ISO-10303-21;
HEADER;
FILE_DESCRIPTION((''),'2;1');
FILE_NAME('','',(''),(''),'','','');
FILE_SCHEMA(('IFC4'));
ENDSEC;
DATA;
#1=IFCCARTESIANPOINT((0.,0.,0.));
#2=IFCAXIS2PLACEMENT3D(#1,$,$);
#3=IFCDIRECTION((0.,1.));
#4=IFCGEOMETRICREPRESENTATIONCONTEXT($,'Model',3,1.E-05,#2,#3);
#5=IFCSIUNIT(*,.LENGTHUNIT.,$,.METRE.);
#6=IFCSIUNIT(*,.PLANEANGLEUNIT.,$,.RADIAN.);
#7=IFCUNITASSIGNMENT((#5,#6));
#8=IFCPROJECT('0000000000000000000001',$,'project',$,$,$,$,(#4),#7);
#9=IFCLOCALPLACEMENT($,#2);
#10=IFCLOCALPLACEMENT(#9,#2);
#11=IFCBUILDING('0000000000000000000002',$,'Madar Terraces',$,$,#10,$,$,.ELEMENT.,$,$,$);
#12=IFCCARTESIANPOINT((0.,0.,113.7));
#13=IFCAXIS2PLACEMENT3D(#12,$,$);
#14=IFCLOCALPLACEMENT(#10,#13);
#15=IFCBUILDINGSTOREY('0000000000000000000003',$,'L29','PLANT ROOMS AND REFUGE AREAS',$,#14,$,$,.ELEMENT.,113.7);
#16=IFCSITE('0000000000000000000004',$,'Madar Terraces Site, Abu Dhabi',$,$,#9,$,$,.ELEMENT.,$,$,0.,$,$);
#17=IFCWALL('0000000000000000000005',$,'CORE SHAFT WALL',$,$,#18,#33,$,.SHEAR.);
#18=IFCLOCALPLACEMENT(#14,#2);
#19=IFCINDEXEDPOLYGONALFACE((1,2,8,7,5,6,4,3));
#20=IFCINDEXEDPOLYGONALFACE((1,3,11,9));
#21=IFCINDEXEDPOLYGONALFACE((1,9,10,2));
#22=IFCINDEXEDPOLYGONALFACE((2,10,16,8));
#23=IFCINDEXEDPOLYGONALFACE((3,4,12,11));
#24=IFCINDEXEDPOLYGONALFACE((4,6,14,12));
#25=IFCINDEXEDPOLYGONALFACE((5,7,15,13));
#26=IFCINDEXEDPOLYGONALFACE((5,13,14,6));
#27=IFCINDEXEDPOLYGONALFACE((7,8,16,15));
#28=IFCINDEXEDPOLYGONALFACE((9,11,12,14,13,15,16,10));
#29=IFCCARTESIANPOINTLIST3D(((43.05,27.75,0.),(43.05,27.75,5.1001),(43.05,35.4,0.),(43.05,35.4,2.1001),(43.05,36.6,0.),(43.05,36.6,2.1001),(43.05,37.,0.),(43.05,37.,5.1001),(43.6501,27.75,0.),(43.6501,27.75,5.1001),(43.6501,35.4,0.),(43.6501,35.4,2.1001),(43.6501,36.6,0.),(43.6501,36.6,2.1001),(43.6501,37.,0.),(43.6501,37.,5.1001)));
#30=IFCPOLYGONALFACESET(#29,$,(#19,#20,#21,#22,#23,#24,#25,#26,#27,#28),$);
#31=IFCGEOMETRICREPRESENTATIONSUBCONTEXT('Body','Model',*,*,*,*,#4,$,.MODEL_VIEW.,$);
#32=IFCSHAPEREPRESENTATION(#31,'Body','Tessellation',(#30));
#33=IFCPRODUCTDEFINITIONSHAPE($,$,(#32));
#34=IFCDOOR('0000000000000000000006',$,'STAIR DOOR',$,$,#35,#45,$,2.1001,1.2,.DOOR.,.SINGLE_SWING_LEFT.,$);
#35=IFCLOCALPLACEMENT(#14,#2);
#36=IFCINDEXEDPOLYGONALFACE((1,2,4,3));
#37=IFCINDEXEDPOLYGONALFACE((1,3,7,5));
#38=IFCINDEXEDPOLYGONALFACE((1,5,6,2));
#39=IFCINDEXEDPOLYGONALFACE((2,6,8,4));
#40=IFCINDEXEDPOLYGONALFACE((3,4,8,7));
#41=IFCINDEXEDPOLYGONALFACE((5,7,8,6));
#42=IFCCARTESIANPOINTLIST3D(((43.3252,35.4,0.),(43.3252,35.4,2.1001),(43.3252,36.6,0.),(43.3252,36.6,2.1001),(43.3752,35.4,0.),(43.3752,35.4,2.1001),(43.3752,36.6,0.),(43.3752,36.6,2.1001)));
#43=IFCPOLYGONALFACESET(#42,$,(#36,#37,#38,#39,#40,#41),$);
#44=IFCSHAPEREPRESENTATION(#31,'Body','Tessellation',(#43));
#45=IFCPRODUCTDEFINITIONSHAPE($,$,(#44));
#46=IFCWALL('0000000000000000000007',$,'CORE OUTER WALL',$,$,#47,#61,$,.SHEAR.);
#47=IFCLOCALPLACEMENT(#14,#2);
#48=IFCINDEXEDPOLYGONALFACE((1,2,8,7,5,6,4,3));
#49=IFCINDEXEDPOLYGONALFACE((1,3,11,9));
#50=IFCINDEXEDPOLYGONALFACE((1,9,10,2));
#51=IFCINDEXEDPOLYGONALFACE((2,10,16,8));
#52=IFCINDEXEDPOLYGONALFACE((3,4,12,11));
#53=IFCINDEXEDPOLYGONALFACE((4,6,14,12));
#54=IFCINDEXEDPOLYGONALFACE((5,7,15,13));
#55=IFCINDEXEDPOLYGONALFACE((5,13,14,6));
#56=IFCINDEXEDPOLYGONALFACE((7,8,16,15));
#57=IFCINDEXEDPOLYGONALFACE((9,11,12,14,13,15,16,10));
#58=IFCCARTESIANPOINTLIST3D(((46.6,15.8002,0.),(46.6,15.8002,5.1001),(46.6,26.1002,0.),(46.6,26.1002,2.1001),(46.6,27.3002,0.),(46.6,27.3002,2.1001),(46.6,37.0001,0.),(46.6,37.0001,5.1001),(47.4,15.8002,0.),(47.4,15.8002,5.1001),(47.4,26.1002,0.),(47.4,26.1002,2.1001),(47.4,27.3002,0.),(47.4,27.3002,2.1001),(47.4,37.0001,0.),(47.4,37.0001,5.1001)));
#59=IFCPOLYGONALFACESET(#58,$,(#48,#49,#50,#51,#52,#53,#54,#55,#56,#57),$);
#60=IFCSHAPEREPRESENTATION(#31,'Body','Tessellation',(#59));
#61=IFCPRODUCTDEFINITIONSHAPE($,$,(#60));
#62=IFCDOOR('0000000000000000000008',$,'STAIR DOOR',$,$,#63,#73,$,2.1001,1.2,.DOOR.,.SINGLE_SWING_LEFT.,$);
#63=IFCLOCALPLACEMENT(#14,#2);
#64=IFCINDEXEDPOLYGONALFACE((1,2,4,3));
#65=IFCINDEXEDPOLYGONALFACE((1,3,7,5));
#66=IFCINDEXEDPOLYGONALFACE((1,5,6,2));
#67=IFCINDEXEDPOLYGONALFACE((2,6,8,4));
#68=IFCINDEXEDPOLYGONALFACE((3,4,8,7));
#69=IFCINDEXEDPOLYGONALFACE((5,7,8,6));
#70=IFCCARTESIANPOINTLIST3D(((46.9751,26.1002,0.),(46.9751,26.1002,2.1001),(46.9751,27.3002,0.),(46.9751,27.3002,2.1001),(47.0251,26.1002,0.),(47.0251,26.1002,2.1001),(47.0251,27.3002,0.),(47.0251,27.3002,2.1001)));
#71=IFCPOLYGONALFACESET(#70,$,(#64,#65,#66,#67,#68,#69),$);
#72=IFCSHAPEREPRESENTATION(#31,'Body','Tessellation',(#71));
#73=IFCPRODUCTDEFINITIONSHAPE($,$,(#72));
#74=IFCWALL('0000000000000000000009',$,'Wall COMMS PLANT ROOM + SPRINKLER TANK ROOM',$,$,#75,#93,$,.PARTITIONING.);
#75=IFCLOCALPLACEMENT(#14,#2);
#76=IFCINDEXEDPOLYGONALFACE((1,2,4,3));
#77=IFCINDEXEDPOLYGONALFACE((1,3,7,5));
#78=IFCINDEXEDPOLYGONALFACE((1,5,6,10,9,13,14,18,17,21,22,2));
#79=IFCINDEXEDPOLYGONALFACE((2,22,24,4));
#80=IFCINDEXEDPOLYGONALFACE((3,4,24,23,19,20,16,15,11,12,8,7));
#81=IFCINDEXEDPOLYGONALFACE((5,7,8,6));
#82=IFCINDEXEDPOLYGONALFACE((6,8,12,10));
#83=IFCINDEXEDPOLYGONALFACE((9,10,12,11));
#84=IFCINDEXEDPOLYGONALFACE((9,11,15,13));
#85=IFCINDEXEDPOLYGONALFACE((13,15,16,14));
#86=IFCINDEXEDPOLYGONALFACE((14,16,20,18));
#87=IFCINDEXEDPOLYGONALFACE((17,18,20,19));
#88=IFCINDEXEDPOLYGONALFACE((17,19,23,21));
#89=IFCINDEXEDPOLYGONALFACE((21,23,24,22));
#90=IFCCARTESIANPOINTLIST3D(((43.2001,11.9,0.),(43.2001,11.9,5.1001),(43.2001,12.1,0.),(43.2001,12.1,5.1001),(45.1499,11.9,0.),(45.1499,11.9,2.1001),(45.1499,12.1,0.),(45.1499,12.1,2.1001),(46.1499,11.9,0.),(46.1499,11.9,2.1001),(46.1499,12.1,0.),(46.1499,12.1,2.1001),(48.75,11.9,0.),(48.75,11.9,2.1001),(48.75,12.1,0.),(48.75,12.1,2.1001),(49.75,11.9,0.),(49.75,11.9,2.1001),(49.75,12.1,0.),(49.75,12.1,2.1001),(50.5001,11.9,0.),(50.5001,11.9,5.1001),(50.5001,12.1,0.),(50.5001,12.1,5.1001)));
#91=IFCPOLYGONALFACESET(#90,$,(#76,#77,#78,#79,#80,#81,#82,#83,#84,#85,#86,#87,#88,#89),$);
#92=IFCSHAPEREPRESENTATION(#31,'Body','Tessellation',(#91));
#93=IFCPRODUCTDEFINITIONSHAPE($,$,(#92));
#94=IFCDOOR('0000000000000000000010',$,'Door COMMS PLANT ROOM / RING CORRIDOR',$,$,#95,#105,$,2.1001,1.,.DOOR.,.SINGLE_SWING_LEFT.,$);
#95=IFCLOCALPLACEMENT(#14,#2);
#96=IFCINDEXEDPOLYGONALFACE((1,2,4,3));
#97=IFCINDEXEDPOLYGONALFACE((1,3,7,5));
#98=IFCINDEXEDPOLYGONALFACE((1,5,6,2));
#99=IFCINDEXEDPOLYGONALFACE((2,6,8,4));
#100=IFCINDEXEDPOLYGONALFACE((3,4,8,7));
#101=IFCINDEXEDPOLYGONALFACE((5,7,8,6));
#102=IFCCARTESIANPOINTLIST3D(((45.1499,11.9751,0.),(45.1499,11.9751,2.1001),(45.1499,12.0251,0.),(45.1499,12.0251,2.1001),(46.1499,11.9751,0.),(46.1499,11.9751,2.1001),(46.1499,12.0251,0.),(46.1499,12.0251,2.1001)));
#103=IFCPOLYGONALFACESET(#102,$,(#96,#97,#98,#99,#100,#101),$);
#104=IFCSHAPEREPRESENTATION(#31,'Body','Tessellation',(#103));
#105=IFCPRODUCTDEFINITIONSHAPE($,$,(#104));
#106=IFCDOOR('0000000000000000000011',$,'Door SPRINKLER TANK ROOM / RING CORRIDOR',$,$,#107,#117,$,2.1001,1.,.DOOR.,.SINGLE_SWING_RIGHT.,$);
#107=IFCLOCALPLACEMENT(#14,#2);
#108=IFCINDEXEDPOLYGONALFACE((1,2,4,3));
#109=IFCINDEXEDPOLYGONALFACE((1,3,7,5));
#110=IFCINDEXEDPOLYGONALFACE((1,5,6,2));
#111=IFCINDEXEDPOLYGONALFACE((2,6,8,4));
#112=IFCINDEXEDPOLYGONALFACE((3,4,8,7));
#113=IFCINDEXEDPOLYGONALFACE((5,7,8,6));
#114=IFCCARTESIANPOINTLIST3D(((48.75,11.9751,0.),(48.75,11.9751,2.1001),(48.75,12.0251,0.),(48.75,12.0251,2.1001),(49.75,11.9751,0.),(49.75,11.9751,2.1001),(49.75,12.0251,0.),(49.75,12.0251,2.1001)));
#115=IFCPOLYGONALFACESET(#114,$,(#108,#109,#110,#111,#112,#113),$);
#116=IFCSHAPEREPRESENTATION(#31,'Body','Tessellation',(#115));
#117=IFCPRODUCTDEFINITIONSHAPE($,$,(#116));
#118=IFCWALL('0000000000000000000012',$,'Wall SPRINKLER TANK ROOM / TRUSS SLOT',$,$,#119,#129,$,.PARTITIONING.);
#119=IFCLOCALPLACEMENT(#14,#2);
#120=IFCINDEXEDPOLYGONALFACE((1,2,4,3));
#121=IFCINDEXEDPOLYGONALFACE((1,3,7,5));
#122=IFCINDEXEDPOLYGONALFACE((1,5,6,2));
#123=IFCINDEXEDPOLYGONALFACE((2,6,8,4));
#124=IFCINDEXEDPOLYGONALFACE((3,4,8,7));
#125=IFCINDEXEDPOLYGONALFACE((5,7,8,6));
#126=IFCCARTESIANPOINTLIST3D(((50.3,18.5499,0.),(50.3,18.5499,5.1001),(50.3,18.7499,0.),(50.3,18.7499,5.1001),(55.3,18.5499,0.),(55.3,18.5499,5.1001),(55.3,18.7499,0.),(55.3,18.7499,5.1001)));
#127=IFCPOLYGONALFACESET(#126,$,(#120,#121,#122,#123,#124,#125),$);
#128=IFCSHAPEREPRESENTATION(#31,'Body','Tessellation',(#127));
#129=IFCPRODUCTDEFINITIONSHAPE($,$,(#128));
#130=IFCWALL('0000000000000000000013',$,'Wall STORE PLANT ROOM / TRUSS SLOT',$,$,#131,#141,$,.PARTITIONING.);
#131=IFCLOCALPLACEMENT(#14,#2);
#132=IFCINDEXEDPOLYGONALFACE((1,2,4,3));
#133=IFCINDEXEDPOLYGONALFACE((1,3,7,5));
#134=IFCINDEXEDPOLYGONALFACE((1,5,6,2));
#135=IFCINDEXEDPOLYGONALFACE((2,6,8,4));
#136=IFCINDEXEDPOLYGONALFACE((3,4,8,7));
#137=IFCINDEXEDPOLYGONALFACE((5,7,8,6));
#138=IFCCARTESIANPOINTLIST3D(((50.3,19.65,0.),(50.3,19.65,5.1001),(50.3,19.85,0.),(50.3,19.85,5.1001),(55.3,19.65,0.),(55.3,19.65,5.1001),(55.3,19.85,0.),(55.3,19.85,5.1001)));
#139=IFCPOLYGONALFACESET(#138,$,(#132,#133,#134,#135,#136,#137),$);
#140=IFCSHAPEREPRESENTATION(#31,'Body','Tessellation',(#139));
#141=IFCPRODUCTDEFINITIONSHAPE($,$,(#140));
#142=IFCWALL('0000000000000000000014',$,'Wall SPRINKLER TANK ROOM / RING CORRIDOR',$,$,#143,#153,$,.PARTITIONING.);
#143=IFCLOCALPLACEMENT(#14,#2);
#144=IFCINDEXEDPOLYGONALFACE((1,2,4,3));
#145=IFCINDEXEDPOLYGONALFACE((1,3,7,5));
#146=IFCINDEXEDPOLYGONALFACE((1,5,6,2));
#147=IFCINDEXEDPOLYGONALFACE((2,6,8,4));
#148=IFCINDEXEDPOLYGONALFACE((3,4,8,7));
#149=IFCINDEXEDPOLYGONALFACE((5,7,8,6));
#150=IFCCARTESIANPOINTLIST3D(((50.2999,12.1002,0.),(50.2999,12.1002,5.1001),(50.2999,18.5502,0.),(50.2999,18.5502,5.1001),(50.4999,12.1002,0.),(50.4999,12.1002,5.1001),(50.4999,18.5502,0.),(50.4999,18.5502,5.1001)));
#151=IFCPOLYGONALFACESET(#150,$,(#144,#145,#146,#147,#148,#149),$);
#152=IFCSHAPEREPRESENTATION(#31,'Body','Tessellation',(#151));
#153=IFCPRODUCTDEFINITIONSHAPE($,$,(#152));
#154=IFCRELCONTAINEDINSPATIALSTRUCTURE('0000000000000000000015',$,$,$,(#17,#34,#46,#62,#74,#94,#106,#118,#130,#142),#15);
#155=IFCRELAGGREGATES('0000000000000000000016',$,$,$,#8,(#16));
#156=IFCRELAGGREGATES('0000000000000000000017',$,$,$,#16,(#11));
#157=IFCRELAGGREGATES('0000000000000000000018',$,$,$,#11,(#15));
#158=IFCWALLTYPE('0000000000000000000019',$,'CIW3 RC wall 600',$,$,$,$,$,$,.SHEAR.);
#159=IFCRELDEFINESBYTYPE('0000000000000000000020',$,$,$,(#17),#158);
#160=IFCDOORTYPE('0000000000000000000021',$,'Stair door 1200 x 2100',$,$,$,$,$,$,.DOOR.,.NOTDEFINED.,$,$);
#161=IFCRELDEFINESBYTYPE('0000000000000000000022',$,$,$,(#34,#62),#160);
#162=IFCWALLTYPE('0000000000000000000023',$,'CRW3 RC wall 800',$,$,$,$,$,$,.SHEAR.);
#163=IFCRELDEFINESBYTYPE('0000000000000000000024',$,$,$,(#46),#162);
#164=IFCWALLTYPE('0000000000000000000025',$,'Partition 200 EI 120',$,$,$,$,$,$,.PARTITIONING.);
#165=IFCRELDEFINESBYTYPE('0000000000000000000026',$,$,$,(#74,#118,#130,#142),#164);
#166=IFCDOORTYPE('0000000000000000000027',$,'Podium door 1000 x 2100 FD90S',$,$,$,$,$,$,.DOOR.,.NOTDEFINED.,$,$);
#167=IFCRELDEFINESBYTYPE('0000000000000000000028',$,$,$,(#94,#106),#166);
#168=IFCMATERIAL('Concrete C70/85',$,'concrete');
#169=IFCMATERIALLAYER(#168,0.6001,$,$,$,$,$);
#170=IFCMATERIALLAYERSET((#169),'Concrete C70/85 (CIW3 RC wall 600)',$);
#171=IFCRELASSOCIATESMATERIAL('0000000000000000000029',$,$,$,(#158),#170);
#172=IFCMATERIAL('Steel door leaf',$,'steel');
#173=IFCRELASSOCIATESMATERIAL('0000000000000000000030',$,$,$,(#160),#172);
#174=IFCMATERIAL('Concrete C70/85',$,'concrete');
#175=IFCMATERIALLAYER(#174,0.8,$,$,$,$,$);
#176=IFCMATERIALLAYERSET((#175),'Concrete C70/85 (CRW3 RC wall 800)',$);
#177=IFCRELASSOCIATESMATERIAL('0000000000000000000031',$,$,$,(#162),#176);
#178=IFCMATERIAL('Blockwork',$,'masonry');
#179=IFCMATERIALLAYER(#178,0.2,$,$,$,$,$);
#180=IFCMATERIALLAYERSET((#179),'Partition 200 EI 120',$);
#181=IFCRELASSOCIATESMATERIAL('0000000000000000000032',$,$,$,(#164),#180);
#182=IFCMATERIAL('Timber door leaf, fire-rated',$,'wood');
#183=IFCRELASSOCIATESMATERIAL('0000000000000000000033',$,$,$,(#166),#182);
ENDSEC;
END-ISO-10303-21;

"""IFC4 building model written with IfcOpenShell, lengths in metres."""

from ifc_helpers import new_model, si_unit, direction, frame, frame_2d, origin, place, context, subcontext, project, spatial, rectangle, extrude, material, layer, layer_set, type_object, element, fill, save


model = new_model("IFC4")

# Units and contexts
model_context = context("Model", 3, precision=1e-05, world=origin(), true_north=direction((0.0, 1.0)))
body_context = subcontext(model_context, "Body", "Model", "MODEL_VIEW")
ifc_project = project(units=[si_unit("LENGTHUNIT", "METRE"), si_unit("PLANEANGLEUNIT", "RADIAN")], contexts=[model_context])

# Site, building, storey
site_placement = place(None, origin())
site = spatial("IfcSite", under=ifc_project, at=site_placement, Name="Madar Terraces Site, Abu Dhabi", CompositionType="ELEMENT", RefElevation=0.0)
building_placement = place(site_placement, origin())
building = spatial("IfcBuilding", under=site, at=building_placement, Name="Madar Terraces", CompositionType="ELEMENT")
storey_placement = place(building_placement, frame((0.0, 0.0, 113.7)))
storey = spatial("IfcBuildingStorey", under=building, at=storey_placement, Name="L29", Description="PLANT ROOMS AND REFUGE AREAS", CompositionType="ELEMENT", Elevation=113.7)

# Walls, openings, doors
ifc_material_1 = material(Name="Concrete C70/85", Category="concrete")
ifc_layer_1 = layer(ifc_material_1, 0.6001)
ifc_layer_set_1 = layer_set([ifc_layer_1], Name="Concrete C70/85 (CIW3 RC wall 600)")
wall_type_1 = type_object("IfcWallType", Name="CIW3 RC wall 600", PredefinedType="SHEAR", material=ifc_layer_set_1)
ifc_material_2 = material(Name="Steel door leaf", Category="steel")
door_type_1 = type_object("IfcDoorType", Name="Stair door 1200 x 2100", OperationType="NOTDEFINED", PredefinedType="DOOR", material=ifc_material_2)
wall_1_placement = place(storey_placement, frame((43.3501, 27.75, 0.0), z_axis=(0.0, 0.0, 1.0), x_axis=(0.0, 1.0, 0.0)))
wall_1 = element("IfcWall", 1, at=wall_1_placement, inside=storey, type_object=wall_type_1, Name="CORE SHAFT WALL", PredefinedType="SHEAR", context=body_context, shape_type="SweptSolid", body=[
    extrude(rectangle(XDim=9.25, YDim=0.6001, at=frame_2d((4.625, 0.0))), origin(), (0.0, 0.0, 1.0), 5.1001),
])
opening_1_placement = place(wall_1_placement, frame((7.6499, 0.0, 0.0)))
opening_1 = element("IfcOpeningElement", 2, at=opening_1_placement, cuts=wall_1, PredefinedType="OPENING", context=body_context, shape_type="SweptSolid", body=[
    extrude(rectangle(XDim=1.2, YDim=2.1001, at=frame_2d((0.6001, 1.05))), frame((0.0, 0.3101, 0.0), z_axis=(0.0, -1.0, 0.0), x_axis=(1.0, 0.0, 0.0)), (0.0, 0.0, 1.0), 0.6201),
])
door_1_placement = place(opening_1_placement, origin())
door_1 = element("IfcDoor", 3, at=door_1_placement, inside=storey, type_object=door_type_1, Name="STAIR DOOR", OperationType="SINGLE_SWING_LEFT", OverallHeight=2.1001, OverallWidth=1.2, PredefinedType="DOOR", context=body_context, shape_type="SweptSolid", body=[
    extrude(rectangle(XDim=1.2, YDim=2.1001, at=frame_2d((0.6001, 1.05))), frame((0.0, 0.0249, 0.0), z_axis=(0.0, -1.0, 0.0), x_axis=(1.0, 0.0, 0.0)), (0.0, 0.0, 1.0), 0.05),
])
fill(opening_1, door_1)
ifc_material_3 = material(Name="Concrete C70/85", Category="concrete")
ifc_layer_2 = layer(ifc_material_3, 0.8)
ifc_layer_set_2 = layer_set([ifc_layer_2], Name="Concrete C70/85 (CRW3 RC wall 800)")
wall_type_2 = type_object("IfcWallType", Name="CRW3 RC wall 800", PredefinedType="SHEAR", material=ifc_layer_set_2)
wall_2_placement = place(storey_placement, frame((47.0, 15.8, 0.0), z_axis=(0.0, 0.0, 1.0), x_axis=(0.0, 1.0, 0.0)))
wall_2 = element("IfcWall", 4, at=wall_2_placement, inside=storey, type_object=wall_type_2, Name="CORE OUTER WALL", PredefinedType="SHEAR", context=body_context, shape_type="SweptSolid", body=[
    extrude(rectangle(XDim=21.2, YDim=0.8, at=frame_2d((10.6001, 0.0))), origin(), (0.0, 0.0, 1.0), 5.1001),
])
opening_2_placement = place(wall_2_placement, frame((10.3, 0.0, 0.0)))
opening_2 = element("IfcOpeningElement", 5, at=opening_2_placement, cuts=wall_2, PredefinedType="OPENING", context=body_context, shape_type="SweptSolid", body=[
    extrude(rectangle(XDim=1.2, YDim=2.1001, at=frame_2d((0.6001, 1.05))), frame((0.0, 0.4099, 0.0), z_axis=(0.0, -1.0, 0.0), x_axis=(1.0, 0.0, 0.0)), (0.0, 0.0, 1.0), 0.8201),
])
door_2_placement = place(opening_2_placement, origin())
door_2 = element("IfcDoor", 6, at=door_2_placement, inside=storey, type_object=door_type_1, Name="STAIR DOOR", OperationType="SINGLE_SWING_LEFT", OverallHeight=2.1001, OverallWidth=1.2, PredefinedType="DOOR", context=body_context, shape_type="SweptSolid", body=[
    extrude(rectangle(XDim=1.2, YDim=2.1001, at=frame_2d((0.6001, 1.05))), frame((0.0, 0.0249, 0.0), z_axis=(0.0, -1.0, 0.0), x_axis=(1.0, 0.0, 0.0)), (0.0, 0.0, 1.0), 0.05),
])
fill(opening_2, door_2)

# Wall, openings, doors
ifc_material_4 = material(Name="Blockwork", Category="masonry")
ifc_layer_3 = layer(ifc_material_4, 0.2)
ifc_layer_set_3 = layer_set([ifc_layer_3], Name="Partition 200 EI 120")
wall_type_3 = type_object("IfcWallType", Name="Partition 200 EI 120", PredefinedType="PARTITIONING", material=ifc_layer_set_3)
wall_3_placement = place(storey_placement, frame((50.5, 12.0, 0.0), z_axis=(0.0, 0.0, 1.0), x_axis=(-1.0, 0.0, 0.0)))
wall_3 = element("IfcWall", 7, at=wall_3_placement, inside=storey, type_object=wall_type_3, Name="Wall COMMS PLANT ROOM + SPRINKLER TANK ROOM", PredefinedType="PARTITIONING", context=body_context, shape_type="SweptSolid", body=[
    extrude(rectangle(XDim=7.3, YDim=0.2, at=frame_2d((3.6499, 0.0))), origin(), (0.0, 0.0, 1.0), 5.1001),
])
opening_3_placement = place(wall_3_placement, frame((4.3501, 0.0, 0.0)))
opening_3 = element("IfcOpeningElement", 8, at=opening_3_placement, cuts=wall_3, PredefinedType="OPENING", context=body_context, shape_type="SweptSolid", body=[
    extrude(rectangle(XDim=1.0, YDim=2.1001, at=frame_2d((0.5, 1.05))), frame((0.0, 0.1099, 0.0), z_axis=(0.0, -1.0, 0.0), x_axis=(1.0, 0.0, 0.0)), (0.0, 0.0, 1.0), 0.22),
])
opening_4_placement = place(wall_3_placement, frame((0.75, 0.0, 0.0)))
opening_4 = element("IfcOpeningElement", 9, at=opening_4_placement, cuts=wall_3, PredefinedType="OPENING", context=body_context, shape_type="SweptSolid", body=[
    extrude(rectangle(XDim=1.0, YDim=2.1001, at=frame_2d((0.5, 1.05))), frame((0.0, 0.1099, 0.0), z_axis=(0.0, -1.0, 0.0), x_axis=(1.0, 0.0, 0.0)), (0.0, 0.0, 1.0), 0.22),
])
ifc_material_5 = material(Name="Timber door leaf, fire-rated", Category="wood")
door_type_2 = type_object("IfcDoorType", Name="Podium door 1000 x 2100 FD90S", OperationType="NOTDEFINED", PredefinedType="DOOR", material=ifc_material_5)
door_3_placement = place(opening_3_placement, origin())
door_3 = element("IfcDoor", 10, at=door_3_placement, inside=storey, type_object=door_type_2, Name="Door COMMS PLANT ROOM / RING CORRIDOR", OperationType="SINGLE_SWING_LEFT", OverallHeight=2.1001, OverallWidth=1.0, PredefinedType="DOOR", context=body_context, shape_type="SweptSolid", body=[
    extrude(rectangle(XDim=1.0, YDim=2.1001, at=frame_2d((0.5, 1.05))), frame((0.0, 0.0249, 0.0), z_axis=(0.0, -1.0, 0.0), x_axis=(1.0, 0.0, 0.0)), (0.0, 0.0, 1.0), 0.05),
])
fill(opening_3, door_3)
door_4_placement = place(opening_4_placement, origin())
door_4 = element("IfcDoor", 11, at=door_4_placement, inside=storey, type_object=door_type_2, Name="Door SPRINKLER TANK ROOM / RING CORRIDOR", OperationType="SINGLE_SWING_RIGHT", OverallHeight=2.1001, OverallWidth=1.0, PredefinedType="DOOR", context=body_context, shape_type="SweptSolid", body=[
    extrude(rectangle(XDim=1.0, YDim=2.1001, at=frame_2d((0.5, 1.05))), frame((0.0, 0.0249, 0.0), z_axis=(0.0, -1.0, 0.0), x_axis=(1.0, 0.0, 0.0)), (0.0, 0.0, 1.0), 0.05),
])
fill(opening_4, door_4)

# Walls
for number, where, z_axis, x_axis, name in (
    (12, (50.3, 18.6499, 0.0), (0.0, 0.0, 1.0), (1.0, 0.0, 0.0), "Wall SPRINKLER TANK ROOM / TRUSS SLOT"),
    (13, (50.3, 19.75, 0.0), (0.0, 0.0, 1.0), (1.0, 0.0, 0.0), "Wall STORE PLANT ROOM / TRUSS SLOT"),
):
    element("IfcWall", number, at=place(storey_placement, frame(where, z_axis=z_axis, x_axis=x_axis)), inside=storey, type_object=wall_type_3, Name=name, PredefinedType="PARTITIONING", context=body_context, shape_type="SweptSolid", body=[
        extrude(rectangle(XDim=5.0, YDim=0.2, at=frame_2d((2.5, 0.0))), origin(), (0.0, 0.0, 1.0), 5.1001),
    ])
wall_4_placement = place(storey_placement, frame((50.3999, 12.1001, 0.0), z_axis=(0.0, 0.0, 1.0), x_axis=(0.0, 1.0, 0.0)))
element("IfcWall", 14, at=wall_4_placement, inside=storey, type_object=wall_type_3, Name="Wall SPRINKLER TANK ROOM / RING CORRIDOR", PredefinedType="PARTITIONING", context=body_context, shape_type="SweptSolid", body=[
    extrude(rectangle(XDim=6.45, YDim=0.2, at=frame_2d((3.2251, 0.0))), origin(), (0.0, 0.0, 1.0), 5.1001),
])

save(model, "model.ifc")
